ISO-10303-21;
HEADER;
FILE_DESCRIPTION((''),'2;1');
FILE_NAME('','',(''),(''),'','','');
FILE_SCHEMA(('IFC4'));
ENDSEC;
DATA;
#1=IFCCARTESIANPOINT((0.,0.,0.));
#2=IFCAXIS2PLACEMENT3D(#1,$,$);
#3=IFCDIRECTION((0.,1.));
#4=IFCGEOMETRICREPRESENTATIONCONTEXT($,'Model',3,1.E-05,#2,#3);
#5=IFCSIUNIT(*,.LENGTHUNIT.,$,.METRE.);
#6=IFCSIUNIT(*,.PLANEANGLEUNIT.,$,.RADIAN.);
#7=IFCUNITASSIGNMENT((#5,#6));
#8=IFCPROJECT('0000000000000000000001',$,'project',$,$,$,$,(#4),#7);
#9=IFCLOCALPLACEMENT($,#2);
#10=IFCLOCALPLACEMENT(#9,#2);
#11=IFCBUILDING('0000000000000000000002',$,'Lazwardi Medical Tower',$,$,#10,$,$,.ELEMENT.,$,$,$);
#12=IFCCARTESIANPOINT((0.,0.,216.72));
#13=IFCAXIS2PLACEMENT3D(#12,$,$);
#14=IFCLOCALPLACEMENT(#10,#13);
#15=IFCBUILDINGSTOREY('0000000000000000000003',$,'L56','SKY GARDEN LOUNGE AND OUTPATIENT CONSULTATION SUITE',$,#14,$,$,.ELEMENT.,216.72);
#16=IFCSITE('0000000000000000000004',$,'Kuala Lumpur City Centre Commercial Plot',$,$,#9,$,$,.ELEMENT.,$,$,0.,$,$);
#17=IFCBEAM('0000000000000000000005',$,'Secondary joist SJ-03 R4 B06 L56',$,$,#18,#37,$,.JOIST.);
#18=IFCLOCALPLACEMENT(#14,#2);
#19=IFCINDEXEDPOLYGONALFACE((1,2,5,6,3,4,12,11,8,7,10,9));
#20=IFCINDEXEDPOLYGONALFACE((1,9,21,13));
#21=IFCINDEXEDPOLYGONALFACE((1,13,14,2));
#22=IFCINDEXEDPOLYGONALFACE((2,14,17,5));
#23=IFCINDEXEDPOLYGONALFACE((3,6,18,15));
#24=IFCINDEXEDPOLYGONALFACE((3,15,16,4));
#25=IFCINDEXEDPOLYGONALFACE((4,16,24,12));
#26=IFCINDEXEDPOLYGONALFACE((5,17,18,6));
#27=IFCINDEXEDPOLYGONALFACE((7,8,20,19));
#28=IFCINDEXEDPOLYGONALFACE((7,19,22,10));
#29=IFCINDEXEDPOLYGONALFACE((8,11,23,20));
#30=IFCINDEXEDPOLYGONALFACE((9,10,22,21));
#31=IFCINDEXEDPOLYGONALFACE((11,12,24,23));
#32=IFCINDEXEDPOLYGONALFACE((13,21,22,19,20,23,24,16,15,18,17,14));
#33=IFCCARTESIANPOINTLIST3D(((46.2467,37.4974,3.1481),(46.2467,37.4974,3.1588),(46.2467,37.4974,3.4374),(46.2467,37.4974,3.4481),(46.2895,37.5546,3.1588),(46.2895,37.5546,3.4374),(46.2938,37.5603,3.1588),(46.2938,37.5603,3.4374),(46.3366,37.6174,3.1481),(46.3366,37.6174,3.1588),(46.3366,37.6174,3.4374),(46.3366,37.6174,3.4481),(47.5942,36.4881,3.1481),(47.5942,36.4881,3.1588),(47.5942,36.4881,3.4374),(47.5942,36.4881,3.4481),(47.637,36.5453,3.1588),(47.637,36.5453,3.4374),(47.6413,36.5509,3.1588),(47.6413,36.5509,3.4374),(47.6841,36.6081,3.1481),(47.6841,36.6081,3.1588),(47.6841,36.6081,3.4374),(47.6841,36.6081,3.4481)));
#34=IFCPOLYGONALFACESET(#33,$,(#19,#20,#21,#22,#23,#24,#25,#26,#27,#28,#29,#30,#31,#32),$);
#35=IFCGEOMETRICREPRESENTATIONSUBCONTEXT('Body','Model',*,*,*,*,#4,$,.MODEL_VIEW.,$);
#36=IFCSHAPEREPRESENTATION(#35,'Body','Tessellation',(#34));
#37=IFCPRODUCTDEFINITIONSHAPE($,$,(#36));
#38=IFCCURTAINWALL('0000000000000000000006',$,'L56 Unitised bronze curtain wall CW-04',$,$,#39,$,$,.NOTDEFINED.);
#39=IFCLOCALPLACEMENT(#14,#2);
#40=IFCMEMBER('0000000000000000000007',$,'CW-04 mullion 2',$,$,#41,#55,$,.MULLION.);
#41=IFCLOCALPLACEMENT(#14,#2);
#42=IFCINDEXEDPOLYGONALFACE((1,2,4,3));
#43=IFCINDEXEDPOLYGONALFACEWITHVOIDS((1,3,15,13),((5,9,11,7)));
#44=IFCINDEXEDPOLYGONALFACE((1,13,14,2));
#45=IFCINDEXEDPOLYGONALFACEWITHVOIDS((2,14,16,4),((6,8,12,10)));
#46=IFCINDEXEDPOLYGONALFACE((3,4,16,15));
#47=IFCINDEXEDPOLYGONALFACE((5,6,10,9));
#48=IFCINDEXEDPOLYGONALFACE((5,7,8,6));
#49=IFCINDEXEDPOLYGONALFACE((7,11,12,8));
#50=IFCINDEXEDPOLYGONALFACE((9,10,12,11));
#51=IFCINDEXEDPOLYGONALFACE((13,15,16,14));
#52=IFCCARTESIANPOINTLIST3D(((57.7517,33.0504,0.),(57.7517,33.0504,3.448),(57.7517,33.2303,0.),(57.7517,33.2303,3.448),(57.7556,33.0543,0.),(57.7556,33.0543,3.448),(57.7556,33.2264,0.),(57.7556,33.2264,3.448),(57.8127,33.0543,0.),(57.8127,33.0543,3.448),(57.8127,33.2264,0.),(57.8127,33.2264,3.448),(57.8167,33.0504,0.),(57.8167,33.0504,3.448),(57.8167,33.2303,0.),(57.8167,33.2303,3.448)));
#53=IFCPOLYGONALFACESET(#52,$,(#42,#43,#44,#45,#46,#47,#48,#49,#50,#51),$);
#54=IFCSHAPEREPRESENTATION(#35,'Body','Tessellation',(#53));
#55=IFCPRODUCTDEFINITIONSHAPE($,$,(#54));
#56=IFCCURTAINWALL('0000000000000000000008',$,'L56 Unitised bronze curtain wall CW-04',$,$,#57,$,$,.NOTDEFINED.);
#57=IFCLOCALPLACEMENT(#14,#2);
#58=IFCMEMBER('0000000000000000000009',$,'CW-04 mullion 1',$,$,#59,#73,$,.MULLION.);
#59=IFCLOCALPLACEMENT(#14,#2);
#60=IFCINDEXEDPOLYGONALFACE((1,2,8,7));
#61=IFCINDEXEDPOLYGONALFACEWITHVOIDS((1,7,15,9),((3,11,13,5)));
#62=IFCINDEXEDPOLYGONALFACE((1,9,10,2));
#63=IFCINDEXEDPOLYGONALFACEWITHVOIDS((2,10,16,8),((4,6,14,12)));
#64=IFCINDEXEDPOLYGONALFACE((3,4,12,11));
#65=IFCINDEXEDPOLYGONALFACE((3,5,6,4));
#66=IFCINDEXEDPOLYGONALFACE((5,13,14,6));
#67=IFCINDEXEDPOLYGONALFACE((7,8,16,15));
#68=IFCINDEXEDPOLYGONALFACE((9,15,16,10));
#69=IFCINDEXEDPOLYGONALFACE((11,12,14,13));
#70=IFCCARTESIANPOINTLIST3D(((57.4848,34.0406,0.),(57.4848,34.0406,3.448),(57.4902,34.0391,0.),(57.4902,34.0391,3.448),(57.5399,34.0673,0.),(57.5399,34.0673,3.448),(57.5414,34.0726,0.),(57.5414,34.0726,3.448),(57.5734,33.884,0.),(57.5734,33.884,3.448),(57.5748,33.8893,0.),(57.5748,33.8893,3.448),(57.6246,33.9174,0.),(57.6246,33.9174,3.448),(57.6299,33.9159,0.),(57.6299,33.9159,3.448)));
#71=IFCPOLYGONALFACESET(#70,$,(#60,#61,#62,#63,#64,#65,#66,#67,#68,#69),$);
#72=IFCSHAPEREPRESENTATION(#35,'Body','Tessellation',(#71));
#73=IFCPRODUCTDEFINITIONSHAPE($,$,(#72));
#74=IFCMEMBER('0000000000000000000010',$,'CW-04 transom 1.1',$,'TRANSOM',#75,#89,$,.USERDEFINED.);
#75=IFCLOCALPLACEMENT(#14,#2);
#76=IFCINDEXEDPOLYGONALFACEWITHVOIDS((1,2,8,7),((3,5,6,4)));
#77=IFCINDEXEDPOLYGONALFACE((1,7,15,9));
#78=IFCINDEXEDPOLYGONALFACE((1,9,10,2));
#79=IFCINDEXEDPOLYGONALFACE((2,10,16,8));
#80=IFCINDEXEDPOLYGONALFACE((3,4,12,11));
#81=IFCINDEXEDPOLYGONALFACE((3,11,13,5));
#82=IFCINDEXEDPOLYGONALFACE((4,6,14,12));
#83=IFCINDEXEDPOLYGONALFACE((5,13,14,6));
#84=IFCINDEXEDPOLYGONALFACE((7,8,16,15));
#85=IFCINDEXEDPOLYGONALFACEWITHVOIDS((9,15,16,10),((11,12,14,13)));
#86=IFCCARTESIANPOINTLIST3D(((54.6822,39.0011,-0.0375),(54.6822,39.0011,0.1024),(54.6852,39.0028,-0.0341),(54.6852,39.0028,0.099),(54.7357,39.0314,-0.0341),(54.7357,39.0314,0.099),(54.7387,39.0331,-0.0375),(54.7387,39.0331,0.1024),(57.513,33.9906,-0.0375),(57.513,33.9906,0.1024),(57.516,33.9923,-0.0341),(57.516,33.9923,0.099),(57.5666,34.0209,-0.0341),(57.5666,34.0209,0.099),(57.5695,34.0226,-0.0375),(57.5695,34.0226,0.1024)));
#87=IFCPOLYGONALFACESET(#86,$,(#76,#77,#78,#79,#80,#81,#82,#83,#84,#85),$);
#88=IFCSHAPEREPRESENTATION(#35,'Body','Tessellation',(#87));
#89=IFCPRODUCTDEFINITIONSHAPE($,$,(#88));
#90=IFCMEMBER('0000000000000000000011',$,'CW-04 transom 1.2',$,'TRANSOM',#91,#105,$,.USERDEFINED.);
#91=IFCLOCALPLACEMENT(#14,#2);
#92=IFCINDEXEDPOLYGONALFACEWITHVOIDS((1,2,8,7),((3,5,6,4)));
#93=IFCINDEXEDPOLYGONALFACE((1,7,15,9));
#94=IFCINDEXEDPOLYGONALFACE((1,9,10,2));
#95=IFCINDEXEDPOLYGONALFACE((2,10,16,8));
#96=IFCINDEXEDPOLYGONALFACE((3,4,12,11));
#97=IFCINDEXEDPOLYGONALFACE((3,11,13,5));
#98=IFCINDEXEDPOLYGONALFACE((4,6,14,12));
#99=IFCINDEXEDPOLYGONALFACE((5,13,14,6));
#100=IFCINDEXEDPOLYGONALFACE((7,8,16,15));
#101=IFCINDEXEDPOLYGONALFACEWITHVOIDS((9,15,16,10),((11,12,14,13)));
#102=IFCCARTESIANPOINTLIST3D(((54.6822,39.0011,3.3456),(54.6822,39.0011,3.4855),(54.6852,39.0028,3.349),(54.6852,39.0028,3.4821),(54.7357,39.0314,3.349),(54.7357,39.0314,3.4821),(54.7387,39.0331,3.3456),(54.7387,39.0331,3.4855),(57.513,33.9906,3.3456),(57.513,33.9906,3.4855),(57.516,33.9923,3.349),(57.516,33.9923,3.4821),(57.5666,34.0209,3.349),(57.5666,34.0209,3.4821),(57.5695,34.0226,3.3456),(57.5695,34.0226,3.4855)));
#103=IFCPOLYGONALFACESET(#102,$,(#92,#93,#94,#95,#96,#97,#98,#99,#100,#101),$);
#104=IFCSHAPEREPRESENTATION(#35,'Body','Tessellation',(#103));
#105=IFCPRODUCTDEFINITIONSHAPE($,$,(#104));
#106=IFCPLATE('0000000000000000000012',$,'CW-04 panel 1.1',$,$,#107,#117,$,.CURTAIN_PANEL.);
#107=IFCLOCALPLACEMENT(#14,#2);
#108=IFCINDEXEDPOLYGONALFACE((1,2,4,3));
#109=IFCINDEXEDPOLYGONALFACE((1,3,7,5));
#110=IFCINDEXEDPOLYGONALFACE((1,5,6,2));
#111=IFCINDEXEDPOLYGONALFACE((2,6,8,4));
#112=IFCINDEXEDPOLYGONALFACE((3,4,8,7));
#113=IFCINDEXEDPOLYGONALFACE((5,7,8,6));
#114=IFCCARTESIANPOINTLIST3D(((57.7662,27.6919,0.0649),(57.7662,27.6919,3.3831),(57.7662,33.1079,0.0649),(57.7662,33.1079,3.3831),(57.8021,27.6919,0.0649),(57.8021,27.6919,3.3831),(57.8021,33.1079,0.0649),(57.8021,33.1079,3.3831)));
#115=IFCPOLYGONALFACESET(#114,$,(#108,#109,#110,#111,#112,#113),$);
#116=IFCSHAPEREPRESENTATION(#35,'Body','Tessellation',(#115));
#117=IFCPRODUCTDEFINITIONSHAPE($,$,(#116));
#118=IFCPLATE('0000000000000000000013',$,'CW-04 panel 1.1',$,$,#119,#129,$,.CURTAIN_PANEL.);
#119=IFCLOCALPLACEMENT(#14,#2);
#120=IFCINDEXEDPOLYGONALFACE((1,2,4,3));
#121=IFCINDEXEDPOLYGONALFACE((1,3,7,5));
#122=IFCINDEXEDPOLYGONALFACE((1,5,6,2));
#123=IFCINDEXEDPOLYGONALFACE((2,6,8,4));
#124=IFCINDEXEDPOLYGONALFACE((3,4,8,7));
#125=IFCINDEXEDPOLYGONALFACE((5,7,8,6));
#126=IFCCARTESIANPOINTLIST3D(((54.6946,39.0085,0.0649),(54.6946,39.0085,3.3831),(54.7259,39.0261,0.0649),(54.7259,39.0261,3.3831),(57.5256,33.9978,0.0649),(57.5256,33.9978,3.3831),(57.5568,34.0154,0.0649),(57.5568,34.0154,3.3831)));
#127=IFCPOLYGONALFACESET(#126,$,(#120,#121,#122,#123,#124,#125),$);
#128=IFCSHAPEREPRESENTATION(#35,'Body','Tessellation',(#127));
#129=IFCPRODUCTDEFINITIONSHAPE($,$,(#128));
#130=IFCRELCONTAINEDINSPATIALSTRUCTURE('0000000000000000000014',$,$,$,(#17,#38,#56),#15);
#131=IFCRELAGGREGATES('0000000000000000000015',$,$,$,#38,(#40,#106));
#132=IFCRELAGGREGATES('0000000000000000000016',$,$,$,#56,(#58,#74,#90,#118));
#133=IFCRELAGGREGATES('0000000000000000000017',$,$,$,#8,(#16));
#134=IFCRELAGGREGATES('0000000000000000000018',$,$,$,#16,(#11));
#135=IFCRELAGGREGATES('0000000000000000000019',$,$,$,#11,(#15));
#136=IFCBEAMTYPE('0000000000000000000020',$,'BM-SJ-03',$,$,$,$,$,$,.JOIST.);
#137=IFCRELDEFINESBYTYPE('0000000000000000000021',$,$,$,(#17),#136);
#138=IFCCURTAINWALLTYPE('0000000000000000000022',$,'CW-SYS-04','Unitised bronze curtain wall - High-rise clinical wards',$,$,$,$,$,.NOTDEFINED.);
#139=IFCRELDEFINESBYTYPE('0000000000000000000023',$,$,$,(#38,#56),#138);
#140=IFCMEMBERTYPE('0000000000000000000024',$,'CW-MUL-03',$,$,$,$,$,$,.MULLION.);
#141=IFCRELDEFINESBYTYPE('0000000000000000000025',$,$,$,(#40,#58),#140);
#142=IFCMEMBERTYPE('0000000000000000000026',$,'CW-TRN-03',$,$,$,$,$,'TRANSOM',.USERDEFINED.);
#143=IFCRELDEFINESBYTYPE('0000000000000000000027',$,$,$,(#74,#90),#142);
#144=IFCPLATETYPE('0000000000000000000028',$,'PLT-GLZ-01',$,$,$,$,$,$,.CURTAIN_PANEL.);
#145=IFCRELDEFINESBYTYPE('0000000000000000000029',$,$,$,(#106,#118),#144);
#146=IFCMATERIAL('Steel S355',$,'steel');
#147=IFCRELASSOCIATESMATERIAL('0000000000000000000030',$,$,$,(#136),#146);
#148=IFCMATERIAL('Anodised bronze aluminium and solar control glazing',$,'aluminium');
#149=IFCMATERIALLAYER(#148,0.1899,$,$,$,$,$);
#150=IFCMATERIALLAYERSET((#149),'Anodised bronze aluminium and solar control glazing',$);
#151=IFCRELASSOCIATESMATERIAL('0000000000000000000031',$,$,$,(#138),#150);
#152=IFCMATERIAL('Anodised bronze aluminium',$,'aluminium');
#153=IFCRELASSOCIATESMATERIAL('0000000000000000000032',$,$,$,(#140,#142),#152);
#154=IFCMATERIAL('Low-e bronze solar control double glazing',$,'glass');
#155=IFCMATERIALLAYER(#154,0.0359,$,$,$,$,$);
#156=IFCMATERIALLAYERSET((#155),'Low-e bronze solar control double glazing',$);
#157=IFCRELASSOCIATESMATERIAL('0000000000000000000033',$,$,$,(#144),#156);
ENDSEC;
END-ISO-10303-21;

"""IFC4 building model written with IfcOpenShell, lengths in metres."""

from ifc_helpers import new_model, si_unit, direction, frame, origin, origin_2d, place, context, subcontext, project, spatial, rectangle, hollow_rectangle, i_section, extrude, material, layer, layer_set, material_profile, profile_set, type_object, element, aggregate, save


model = new_model("IFC4")

# Units and contexts
model_context = context("Model", 3, precision=1e-05, world=origin(), true_north=direction((0.0, 1.0)))
body_context = subcontext(model_context, "Body", "Model", "MODEL_VIEW")
ifc_project = project(units=[si_unit("LENGTHUNIT", "METRE"), si_unit("PLANEANGLEUNIT", "RADIAN")], contexts=[model_context])

# Site, building, storey
site_placement = place(None, origin())
site = spatial("IfcSite", under=ifc_project, at=site_placement, Name="Kuala Lumpur City Centre Commercial Plot", CompositionType="ELEMENT", RefElevation=0.0)
building_placement = place(site_placement, origin())
building = spatial("IfcBuilding", under=site, at=building_placement, Name="Lazwardi Medical Tower", CompositionType="ELEMENT")
storey_placement = place(building_placement, frame((0.0, 0.0, 216.72)))
storey = spatial("IfcBuildingStorey", under=building, at=storey_placement, Name="L56", Description="SKY GARDEN LOUNGE AND OUTPATIENT CONSULTATION SUITE", CompositionType="ELEMENT", Elevation=216.72)

# Beam
ifc_material_1 = material(Name="Steel S355", Category="steel")
ifc_material_profile_1 = material_profile(ifc_material_1, i_section(OverallWidth=0.1499, OverallDepth=0.3, WebThickness=0.0071, FlangeThickness=0.0107, at=origin_2d()), Name="IPE 300")
ifc_profile_set_1 = profile_set([ifc_material_profile_1], Name="Steel S355")
beam_type_1 = type_object("IfcBeamType", Name="BM-SJ-03", PredefinedType="JOIST", material=ifc_profile_set_1)
beam_1_placement = place(storey_placement, frame((47.6392, 36.5481, 3.2981), z_axis=(-0.800365, 0.599513, 0.0), x_axis=(-0.599513, -0.800365, 0.0)))
element("IfcBeam", 1, at=beam_1_placement, inside=storey, type_object=beam_type_1, Name="Secondary joist SJ-03 R4 B06 L56", PredefinedType="JOIST", context=body_context, shape_type="SweptSolid", body=[
    extrude(i_section(OverallWidth=0.1499, OverallDepth=0.3, WebThickness=0.0071, FlangeThickness=0.0107, at=origin_2d()), origin(), (0.0, 0.0, 1.0), 1.6836),
])

# Curtain wall, member
ifc_material_2 = material(Name="Anodised bronze aluminium and solar control glazing", Category="aluminium")
ifc_layer_1 = layer(ifc_material_2, 0.1899)
ifc_layer_set_1 = layer_set([ifc_layer_1], Name="Anodised bronze aluminium and solar control glazing")
curtain_wall_type = type_object("IfcCurtainWallType", Name="CW-SYS-04", Description="Unitised bronze curtain wall - High-rise clinical wards", PredefinedType="NOTDEFINED", material=ifc_layer_set_1)
curtain_wall_1_placement = place(storey_placement, origin())
curtain_wall_1 = element("IfcCurtainWall", 2, at=curtain_wall_1_placement, inside=storey, type_object=curtain_wall_type, Name="L56 Unitised bronze curtain wall CW-04", PredefinedType="NOTDEFINED")
ifc_material_3 = material(Name="Anodised bronze aluminium", Category="aluminium")
ifc_material_profile_2 = material_profile(ifc_material_3, hollow_rectangle(XDim=0.0649, YDim=0.1799, WallThickness=0.0039, at=origin_2d()), Name="ALU-MULLION 180x65x4")
ifc_profile_set_2 = profile_set([ifc_material_profile_2], Name="Anodised bronze aluminium")
member_type_1 = type_object("IfcMemberType", Name="CW-MUL-03", PredefinedType="MULLION", material=ifc_profile_set_2)
member_1_placement = place(storey_placement, frame((57.7842, 33.1404, 0.0), z_axis=(0.0, 0.0, 1.0), x_axis=(-1.0, 0.0, 0.0)))
member_1 = element("IfcMember", 3, at=member_1_placement, type_object=member_type_1, Name="CW-04 mullion 2", PredefinedType="MULLION", context=body_context, shape_type="SweptSolid", body=[
    extrude(hollow_rectangle(XDim=0.0649, YDim=0.1799, WallThickness=0.0039, at=origin_2d()), origin(), (0.0, 0.0, 1.0), 3.448),
])

# Curtain wall, members
curtain_wall_2_placement = place(storey_placement, origin())
curtain_wall_2 = element("IfcCurtainWall", 4, at=curtain_wall_2_placement, inside=storey, type_object=curtain_wall_type, Name="L56 Unitised bronze curtain wall CW-04", PredefinedType="NOTDEFINED")
member_2_placement = place(storey_placement, frame((57.5574, 33.9783, 0.0), z_axis=(0.0, 0.0, 1.0), x_axis=(-0.870651, -0.4919, 0.0)))
member_2 = element("IfcMember", 5, at=member_2_placement, type_object=member_type_1, Name="CW-04 mullion 1", PredefinedType="MULLION", context=body_context, shape_type="SweptSolid", body=[
    extrude(hollow_rectangle(XDim=0.0649, YDim=0.1799, WallThickness=0.0039, at=origin_2d()), origin(), (0.0, 0.0, 1.0), 3.448),
])
ifc_material_profile_3 = material_profile(ifc_material_3, hollow_rectangle(XDim=0.0649, YDim=0.1399, WallThickness=0.0034, at=origin_2d()), Name="ALU-TRANSOM 140x65x3.5")
ifc_profile_set_3 = profile_set([ifc_material_profile_3], Name="Anodised bronze aluminium")
member_type_2 = type_object("IfcMemberType", Name="CW-TRN-03", ElementType="TRANSOM", PredefinedType="USERDEFINED", material=ifc_profile_set_3)
member_3_placement = place(storey_placement, frame((57.5413, 34.0066, 0.0325), z_axis=(-0.491898, 0.870653, 0.0), x_axis=(-0.870653, -0.491898, 0.0)))
member_3 = element("IfcMember", 6, at=member_3_placement, type_object=member_type_2, Name="CW-04 transom 1.1", ObjectType="TRANSOM", PredefinedType="USERDEFINED", context=body_context, shape_type="SweptSolid", body=[
    extrude(hollow_rectangle(XDim=0.0649, YDim=0.1399, WallThickness=0.0034, at=origin_2d()), origin(), (0.0, 0.0, 1.0), 5.7549),
])
member_4_placement = place(storey_placement, frame((57.5413, 34.0066, 3.4155), z_axis=(-0.491898, 0.870653, 0.0), x_axis=(-0.870653, -0.491898, 0.0)))
member_4 = element("IfcMember", 7, at=member_4_placement, type_object=member_type_2, Name="CW-04 transom 1.2", ObjectType="TRANSOM", PredefinedType="USERDEFINED", context=body_context, shape_type="SweptSolid", body=[
    extrude(hollow_rectangle(XDim=0.0649, YDim=0.1399, WallThickness=0.0034, at=origin_2d()), origin(), (0.0, 0.0, 1.0), 5.7549),
])

# Plates
ifc_material_4 = material(Name="Low-e bronze solar control double glazing", Category="glass")
ifc_layer_2 = layer(ifc_material_4, 0.0359)
ifc_layer_set_2 = layer_set([ifc_layer_2], Name="Low-e bronze solar control double glazing")
plate_type = type_object("IfcPlateType", Name="PLT-GLZ-01", PredefinedType="CURTAIN_PANEL", material=ifc_layer_set_2)
plate_1_placement = place(storey_placement, frame((57.7842, 30.3999, 0.0649), z_axis=(0.0, 0.0, 1.0), x_axis=(0.0, 1.0, 0.0)))
plate_1 = element("IfcPlate", 8, at=plate_1_placement, type_object=plate_type, Name="CW-04 panel 1.1", PredefinedType="CURTAIN_PANEL", context=body_context, shape_type="SweptSolid", body=[
    extrude(rectangle(XDim=5.416, YDim=0.0359, at=origin_2d()), origin(), (0.0, 0.0, 1.0), 3.3181),
])
aggregate(curtain_wall_1, [member_1, plate_1])
plate_2_placement = place(storey_placement, frame((56.1257, 36.512, 0.0649), z_axis=(0.0, 0.0, 1.0), x_axis=(-0.4919, 0.870651, 0.0)))
plate_2 = element("IfcPlate", 9, at=plate_2_placement, type_object=plate_type, Name="CW-04 panel 1.1", PredefinedType="CURTAIN_PANEL", context=body_context, shape_type="SweptSolid", body=[
    extrude(rectangle(XDim=5.7551, YDim=0.0359, at=origin_2d()), origin(), (0.0, 0.0, 1.0), 3.3181),
])
aggregate(curtain_wall_2, [member_2, member_3, member_4, plate_2])

save(model, "model.ifc")
